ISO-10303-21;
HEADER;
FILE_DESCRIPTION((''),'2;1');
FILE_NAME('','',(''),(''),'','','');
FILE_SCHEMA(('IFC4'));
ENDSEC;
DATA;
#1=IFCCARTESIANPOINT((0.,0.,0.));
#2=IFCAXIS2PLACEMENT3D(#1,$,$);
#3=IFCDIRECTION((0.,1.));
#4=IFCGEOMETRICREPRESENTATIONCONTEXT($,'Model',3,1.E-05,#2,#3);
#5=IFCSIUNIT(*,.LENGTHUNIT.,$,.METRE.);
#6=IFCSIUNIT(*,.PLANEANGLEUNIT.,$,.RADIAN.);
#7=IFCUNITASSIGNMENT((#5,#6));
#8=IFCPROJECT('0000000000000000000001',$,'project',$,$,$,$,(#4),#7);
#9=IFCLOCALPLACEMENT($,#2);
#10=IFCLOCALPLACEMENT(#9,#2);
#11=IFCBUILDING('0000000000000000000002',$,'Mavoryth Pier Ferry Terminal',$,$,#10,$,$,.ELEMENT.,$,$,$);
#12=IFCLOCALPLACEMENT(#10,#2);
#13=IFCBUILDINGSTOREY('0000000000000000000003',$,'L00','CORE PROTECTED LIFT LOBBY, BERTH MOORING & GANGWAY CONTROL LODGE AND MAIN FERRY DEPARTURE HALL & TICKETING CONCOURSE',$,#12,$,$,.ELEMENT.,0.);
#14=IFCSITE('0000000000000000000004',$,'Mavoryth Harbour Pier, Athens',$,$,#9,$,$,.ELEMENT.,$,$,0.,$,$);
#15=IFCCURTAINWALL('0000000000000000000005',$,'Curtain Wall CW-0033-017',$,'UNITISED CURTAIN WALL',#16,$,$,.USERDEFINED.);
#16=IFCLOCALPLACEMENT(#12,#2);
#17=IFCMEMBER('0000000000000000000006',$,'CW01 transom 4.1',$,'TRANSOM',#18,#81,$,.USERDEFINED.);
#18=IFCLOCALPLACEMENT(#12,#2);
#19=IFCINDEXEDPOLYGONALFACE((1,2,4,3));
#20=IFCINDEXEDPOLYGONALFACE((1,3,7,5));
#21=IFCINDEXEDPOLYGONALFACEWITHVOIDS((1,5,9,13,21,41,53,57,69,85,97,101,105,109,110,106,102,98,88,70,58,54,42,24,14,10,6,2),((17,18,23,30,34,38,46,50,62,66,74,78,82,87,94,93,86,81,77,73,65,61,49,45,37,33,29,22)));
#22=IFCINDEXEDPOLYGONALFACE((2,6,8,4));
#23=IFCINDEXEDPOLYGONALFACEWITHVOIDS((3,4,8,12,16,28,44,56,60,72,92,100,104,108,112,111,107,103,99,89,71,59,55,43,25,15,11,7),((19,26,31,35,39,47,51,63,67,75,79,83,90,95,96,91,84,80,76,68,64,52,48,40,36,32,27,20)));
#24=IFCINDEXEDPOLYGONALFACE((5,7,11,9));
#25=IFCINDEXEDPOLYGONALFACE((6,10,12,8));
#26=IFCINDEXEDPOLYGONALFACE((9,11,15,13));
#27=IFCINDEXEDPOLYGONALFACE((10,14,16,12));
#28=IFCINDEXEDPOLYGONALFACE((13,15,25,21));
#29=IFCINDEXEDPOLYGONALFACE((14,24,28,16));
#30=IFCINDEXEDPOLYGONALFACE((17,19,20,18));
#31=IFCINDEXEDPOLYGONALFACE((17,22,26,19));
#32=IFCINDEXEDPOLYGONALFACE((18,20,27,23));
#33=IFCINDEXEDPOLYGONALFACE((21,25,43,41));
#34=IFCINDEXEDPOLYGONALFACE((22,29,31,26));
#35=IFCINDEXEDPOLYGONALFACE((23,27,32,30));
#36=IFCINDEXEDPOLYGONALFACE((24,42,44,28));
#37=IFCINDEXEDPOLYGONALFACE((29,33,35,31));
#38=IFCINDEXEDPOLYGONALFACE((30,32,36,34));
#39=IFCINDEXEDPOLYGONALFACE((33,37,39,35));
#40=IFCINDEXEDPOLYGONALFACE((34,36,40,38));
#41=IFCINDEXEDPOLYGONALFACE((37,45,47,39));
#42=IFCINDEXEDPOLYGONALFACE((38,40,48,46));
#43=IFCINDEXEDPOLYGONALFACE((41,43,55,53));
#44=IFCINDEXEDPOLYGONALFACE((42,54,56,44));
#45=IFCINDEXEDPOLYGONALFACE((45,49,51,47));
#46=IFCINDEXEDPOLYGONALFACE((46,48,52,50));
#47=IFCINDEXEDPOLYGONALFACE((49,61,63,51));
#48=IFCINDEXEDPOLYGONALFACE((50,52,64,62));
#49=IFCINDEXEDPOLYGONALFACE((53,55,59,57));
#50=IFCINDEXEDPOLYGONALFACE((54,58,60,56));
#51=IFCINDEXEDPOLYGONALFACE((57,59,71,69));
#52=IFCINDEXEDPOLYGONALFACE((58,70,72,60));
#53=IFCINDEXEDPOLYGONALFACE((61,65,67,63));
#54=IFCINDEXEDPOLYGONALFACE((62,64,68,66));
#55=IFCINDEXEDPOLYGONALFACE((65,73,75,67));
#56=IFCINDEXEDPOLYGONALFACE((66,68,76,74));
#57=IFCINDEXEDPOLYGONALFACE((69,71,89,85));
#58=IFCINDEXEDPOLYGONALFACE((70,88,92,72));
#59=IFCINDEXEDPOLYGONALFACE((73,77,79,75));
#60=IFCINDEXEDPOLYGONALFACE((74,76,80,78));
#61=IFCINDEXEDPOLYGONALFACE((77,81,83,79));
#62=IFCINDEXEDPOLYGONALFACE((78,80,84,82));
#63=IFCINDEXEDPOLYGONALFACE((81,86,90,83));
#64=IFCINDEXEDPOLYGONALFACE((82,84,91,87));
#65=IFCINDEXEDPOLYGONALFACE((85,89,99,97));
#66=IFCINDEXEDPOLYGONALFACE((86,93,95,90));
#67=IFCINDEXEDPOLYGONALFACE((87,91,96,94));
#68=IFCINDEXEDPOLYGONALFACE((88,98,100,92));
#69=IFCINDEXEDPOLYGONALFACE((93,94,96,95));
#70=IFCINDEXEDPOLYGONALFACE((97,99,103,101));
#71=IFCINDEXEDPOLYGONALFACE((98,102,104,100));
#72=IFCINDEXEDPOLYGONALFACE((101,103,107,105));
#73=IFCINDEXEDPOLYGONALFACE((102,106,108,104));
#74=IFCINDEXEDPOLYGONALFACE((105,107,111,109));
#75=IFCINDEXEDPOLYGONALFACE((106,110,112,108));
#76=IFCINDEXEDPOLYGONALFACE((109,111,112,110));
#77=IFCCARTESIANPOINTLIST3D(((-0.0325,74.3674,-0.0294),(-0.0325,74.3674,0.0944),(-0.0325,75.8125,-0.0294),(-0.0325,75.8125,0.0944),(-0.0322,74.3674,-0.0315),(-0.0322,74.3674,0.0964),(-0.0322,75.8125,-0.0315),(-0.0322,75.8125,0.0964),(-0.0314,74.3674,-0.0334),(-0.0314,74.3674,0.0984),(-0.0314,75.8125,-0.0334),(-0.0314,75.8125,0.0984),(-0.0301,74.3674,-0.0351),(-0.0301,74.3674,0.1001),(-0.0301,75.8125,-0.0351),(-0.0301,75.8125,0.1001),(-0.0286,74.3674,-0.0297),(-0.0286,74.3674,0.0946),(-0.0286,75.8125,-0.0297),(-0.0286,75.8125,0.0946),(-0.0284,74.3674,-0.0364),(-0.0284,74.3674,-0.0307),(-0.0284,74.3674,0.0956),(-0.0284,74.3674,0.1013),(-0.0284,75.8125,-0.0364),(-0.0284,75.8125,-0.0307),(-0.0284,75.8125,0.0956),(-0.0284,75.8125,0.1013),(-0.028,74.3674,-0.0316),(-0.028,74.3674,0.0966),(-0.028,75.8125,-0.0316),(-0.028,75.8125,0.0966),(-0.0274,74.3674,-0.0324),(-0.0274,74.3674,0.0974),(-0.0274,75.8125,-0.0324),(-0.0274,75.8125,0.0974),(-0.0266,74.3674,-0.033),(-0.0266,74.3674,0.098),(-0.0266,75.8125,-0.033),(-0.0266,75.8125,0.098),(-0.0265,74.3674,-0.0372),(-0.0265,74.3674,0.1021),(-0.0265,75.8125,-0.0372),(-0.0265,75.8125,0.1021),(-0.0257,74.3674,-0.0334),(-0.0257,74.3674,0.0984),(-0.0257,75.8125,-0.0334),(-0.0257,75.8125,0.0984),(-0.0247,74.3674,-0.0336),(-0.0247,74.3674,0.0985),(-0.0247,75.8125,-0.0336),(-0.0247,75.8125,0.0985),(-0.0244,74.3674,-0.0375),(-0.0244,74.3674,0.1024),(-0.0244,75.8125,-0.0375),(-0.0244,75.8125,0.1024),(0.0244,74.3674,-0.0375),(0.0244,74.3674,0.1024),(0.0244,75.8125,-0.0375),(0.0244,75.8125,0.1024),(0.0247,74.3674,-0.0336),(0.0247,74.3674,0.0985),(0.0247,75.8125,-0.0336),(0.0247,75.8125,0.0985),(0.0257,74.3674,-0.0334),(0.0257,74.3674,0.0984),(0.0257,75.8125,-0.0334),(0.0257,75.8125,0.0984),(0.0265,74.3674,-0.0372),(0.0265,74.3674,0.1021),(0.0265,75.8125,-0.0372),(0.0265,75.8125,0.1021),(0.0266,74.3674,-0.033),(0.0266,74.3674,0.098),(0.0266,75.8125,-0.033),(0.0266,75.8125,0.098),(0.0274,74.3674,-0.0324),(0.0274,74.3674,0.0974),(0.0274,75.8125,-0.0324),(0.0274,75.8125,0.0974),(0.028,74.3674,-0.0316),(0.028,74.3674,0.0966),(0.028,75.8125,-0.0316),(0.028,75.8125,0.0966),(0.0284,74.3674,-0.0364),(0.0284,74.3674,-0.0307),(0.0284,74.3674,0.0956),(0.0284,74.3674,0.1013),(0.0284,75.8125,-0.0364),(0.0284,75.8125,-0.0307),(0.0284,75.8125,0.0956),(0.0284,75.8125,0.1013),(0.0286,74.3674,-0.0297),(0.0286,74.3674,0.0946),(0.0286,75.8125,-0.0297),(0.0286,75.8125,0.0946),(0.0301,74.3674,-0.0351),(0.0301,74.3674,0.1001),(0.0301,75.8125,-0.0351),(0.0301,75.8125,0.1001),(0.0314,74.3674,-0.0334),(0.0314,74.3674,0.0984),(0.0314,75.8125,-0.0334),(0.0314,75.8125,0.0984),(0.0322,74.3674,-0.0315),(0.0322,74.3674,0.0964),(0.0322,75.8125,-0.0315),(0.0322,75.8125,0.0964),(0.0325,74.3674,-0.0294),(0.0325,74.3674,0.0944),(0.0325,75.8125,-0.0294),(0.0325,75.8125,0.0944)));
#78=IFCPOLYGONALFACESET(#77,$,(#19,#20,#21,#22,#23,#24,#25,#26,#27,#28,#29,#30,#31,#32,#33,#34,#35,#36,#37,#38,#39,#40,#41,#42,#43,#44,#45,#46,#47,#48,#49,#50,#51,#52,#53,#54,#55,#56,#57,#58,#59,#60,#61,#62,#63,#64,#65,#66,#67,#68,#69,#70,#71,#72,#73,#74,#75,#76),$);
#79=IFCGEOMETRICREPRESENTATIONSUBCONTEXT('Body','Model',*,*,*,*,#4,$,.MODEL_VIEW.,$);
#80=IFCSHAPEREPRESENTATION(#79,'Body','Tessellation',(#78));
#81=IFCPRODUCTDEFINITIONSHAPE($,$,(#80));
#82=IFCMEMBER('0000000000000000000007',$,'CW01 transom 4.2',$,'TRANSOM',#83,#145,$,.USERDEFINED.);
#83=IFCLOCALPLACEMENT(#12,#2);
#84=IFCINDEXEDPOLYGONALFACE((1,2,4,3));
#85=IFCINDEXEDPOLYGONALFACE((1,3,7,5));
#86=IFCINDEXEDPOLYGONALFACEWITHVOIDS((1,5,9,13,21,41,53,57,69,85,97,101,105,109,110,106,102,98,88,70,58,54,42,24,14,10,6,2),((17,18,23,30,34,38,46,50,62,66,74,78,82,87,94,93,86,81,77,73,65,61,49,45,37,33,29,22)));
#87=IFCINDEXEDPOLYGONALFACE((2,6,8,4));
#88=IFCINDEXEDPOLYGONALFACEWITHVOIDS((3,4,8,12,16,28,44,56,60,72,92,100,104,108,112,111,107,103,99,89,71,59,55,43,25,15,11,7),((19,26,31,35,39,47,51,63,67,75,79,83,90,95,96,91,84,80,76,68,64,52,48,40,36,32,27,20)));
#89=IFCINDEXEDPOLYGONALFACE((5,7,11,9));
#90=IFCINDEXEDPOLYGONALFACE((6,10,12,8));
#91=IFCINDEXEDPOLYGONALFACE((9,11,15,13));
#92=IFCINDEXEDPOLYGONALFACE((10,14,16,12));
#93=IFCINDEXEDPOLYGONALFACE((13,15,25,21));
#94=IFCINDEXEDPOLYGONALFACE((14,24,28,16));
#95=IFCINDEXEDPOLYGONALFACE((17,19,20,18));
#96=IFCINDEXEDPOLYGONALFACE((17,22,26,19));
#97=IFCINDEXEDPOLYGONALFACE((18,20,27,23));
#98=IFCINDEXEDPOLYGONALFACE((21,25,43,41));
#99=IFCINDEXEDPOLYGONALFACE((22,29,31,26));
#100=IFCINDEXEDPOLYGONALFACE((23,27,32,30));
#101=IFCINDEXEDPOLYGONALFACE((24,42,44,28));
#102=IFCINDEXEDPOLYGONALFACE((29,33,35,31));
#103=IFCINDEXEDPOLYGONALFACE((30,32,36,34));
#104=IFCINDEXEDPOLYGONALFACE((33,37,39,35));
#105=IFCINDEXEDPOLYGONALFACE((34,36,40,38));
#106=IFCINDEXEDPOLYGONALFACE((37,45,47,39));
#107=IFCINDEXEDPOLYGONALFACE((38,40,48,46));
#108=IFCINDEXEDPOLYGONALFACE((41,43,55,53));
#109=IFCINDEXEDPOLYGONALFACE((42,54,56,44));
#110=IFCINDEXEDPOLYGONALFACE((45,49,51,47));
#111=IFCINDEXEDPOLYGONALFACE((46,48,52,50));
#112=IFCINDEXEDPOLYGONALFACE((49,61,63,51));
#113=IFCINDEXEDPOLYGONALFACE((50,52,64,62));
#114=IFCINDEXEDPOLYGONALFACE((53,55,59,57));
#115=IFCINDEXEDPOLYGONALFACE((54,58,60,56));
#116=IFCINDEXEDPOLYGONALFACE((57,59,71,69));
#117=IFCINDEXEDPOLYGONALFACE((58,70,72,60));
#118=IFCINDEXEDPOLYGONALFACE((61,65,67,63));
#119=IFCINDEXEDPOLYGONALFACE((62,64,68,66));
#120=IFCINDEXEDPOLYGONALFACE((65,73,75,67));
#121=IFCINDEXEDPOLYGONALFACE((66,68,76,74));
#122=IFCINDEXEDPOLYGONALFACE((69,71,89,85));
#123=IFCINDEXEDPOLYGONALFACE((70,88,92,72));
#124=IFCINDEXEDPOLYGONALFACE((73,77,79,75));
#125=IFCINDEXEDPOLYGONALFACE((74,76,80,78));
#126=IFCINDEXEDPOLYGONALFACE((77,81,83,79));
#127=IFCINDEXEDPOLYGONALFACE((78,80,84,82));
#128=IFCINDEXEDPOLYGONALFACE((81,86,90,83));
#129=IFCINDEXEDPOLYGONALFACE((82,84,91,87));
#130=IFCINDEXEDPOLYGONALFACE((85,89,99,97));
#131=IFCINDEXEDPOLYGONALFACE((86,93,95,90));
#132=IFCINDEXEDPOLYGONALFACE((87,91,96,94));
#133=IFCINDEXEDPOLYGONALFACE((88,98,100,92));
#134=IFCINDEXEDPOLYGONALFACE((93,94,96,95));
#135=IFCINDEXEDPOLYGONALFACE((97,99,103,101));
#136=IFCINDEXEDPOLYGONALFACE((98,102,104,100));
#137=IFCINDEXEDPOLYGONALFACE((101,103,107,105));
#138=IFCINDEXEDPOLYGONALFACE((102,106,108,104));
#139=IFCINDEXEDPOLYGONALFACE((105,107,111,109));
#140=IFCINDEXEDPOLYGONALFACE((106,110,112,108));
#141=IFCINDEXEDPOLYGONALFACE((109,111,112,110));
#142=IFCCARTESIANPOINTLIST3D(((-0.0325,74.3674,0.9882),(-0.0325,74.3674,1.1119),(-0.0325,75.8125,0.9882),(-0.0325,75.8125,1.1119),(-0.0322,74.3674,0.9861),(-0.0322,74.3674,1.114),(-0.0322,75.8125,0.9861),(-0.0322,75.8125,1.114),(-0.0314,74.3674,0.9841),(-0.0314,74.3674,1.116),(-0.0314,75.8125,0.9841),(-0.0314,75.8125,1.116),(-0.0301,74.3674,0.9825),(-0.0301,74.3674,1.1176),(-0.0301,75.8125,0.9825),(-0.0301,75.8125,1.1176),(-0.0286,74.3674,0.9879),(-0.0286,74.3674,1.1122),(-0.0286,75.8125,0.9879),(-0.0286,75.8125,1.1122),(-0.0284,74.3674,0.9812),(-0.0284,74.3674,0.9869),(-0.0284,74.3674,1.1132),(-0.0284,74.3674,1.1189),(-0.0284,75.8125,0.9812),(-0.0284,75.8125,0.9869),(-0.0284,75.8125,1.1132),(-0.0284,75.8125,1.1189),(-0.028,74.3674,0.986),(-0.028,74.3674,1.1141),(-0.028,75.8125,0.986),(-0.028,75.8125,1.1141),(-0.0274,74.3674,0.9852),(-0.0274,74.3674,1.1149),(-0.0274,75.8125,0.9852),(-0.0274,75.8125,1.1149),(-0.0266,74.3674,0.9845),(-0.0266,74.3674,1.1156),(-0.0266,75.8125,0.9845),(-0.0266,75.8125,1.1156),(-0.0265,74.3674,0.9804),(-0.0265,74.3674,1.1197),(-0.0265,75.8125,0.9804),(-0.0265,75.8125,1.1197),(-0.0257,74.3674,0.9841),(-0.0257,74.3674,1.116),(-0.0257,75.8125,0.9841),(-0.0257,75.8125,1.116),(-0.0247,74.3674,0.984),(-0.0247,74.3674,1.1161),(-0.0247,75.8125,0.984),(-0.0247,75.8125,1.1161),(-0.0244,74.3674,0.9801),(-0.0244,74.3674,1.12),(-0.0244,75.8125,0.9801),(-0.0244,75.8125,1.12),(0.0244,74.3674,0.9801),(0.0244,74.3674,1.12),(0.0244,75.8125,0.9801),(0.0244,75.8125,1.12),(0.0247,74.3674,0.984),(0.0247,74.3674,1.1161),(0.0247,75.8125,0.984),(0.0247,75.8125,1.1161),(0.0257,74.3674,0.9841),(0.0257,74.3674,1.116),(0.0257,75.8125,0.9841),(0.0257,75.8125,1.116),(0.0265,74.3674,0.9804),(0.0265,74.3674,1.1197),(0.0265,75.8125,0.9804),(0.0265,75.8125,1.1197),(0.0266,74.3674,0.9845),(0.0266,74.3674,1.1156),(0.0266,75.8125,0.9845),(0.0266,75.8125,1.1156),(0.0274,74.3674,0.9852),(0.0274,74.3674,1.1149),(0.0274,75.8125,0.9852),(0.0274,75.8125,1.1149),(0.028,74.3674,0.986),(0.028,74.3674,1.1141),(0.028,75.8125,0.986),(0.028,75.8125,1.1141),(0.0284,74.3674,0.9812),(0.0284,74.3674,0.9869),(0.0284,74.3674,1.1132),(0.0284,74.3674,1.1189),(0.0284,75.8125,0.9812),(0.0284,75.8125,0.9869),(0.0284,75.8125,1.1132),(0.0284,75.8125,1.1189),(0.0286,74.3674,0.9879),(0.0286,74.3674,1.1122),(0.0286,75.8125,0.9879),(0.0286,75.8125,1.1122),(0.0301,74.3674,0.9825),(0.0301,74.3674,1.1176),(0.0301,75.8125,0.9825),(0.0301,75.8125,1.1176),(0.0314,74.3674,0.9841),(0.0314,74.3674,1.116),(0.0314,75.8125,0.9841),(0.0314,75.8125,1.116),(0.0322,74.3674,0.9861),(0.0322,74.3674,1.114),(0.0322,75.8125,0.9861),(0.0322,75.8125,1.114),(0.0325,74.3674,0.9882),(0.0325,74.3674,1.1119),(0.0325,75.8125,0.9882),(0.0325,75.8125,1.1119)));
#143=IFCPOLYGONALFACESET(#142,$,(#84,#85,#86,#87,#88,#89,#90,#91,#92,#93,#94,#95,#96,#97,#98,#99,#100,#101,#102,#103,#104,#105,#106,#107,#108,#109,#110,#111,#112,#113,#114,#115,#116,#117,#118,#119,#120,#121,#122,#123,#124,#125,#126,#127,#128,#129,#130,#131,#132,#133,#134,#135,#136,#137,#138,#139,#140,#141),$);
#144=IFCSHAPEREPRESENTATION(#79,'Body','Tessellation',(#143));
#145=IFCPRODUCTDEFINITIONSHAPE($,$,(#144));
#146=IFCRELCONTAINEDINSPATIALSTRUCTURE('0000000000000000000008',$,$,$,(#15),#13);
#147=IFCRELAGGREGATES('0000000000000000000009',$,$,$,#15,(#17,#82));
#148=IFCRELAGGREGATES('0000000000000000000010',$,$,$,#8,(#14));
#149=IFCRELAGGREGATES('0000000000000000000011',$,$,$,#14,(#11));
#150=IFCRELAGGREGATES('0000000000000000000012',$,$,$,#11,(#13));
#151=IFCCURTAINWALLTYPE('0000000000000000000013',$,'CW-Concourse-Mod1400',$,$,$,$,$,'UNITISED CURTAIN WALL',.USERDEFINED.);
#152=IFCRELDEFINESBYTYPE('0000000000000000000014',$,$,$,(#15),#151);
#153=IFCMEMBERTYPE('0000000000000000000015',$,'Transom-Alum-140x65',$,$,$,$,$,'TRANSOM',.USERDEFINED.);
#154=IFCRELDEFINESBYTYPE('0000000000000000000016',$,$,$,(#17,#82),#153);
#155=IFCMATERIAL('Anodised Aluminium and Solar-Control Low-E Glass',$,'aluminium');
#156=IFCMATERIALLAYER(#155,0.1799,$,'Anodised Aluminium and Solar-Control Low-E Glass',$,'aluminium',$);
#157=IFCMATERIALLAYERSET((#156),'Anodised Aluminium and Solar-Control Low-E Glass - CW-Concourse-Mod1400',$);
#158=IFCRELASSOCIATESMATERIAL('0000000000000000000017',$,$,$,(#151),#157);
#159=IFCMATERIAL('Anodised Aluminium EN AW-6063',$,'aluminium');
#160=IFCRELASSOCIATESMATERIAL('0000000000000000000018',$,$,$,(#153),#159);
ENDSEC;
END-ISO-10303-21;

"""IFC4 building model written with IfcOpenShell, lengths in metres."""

from ifc_helpers import new_model, si_unit, direction, frame, origin, origin_2d, place, context, subcontext, project, spatial, hollow_rectangle, extrude, material, layer, layer_set, material_profile, profile_set, type_object, element, aggregate, save


model = new_model("IFC4")

# Units and contexts
model_context = context("Model", 3, precision=1e-05, world=origin(), true_north=direction((0.0, 1.0)))
body_context = subcontext(model_context, "Body", "Model", "MODEL_VIEW")
ifc_project = project(units=[si_unit("LENGTHUNIT", "METRE"), si_unit("PLANEANGLEUNIT", "RADIAN")], contexts=[model_context])

# Site, building, storey
site_placement = place(None, origin())
site = spatial("IfcSite", under=ifc_project, at=site_placement, Name="Mavoryth Harbour Pier, Athens", CompositionType="ELEMENT", RefElevation=0.0)
building_placement = place(site_placement, origin())
building = spatial("IfcBuilding", under=site, at=building_placement, Name="Mavoryth Pier Ferry Terminal", CompositionType="ELEMENT")
storey_placement = place(building_placement, origin())
storey = spatial("IfcBuildingStorey", under=building, at=storey_placement, Name="L00", Description="CORE PROTECTED LIFT LOBBY, BERTH MOORING & GANGWAY CONTROL LODGE AND MAIN FERRY DEPARTURE HALL & TICKETING CONCOURSE", CompositionType="ELEMENT", Elevation=0.0)

# Curtain wall, members
ifc_material_1 = material(Name="Anodised Aluminium and Solar-Control Low-E Glass", Category="aluminium")
ifc_layer_1 = layer(ifc_material_1, 0.1799, Name="Anodised Aluminium and Solar-Control Low-E Glass", Category="aluminium")
ifc_layer_set_1 = layer_set([ifc_layer_1], Name="Anodised Aluminium and Solar-Control Low-E Glass - CW-Concourse-Mod1400")
curtain_wall_type = type_object("IfcCurtainWallType", Name="CW-Concourse-Mod1400", ElementType="UNITISED CURTAIN WALL", PredefinedType="USERDEFINED", material=ifc_layer_set_1)
curtain_wall_placement = place(storey_placement, origin())
curtain_wall = element("IfcCurtainWall", 1, at=curtain_wall_placement, inside=storey, type_object=curtain_wall_type, Name="Curtain Wall CW-0033-017", ObjectType="UNITISED CURTAIN WALL", PredefinedType="USERDEFINED")
ifc_material_2 = material(Name="Anodised Aluminium EN AW-6063", Category="aluminium")
ifc_material_profile_1 = material_profile(ifc_material_2, hollow_rectangle(XDim=0.0649, YDim=0.1399, WallThickness=0.0039, InnerFilletRadius=0.0039, OuterFilletRadius=0.0081, at=origin_2d()), Name="AL-TRAN 140x65x4", Category="aluminium")
ifc_profile_set_1 = profile_set([ifc_material_profile_1], Name="Anodised Aluminium EN AW-6063 - AL-TRAN 140x65x4")
member_type_1 = type_object("IfcMemberType", Name="Transom-Alum-140x65", ElementType="TRANSOM", PredefinedType="USERDEFINED", material=ifc_profile_set_1)
member_1_placement = place(storey_placement, frame((0.0, 75.8125, 0.0325), z_axis=(0.0, -1.0, 0.0), x_axis=(1.0, 0.0, 0.0)))
member_1 = element("IfcMember", 2, at=member_1_placement, type_object=member_type_1, Name="CW01 transom 4.1", ObjectType="TRANSOM", PredefinedType="USERDEFINED", context=body_context, shape_type="SweptSolid", body=[
    extrude(hollow_rectangle(XDim=0.0649, YDim=0.1399, WallThickness=0.0039, InnerFilletRadius=0.0039, OuterFilletRadius=0.0081, at=origin_2d()), origin(), (0.0, 0.0, 1.0), 1.4451),
])
member_2_placement = place(storey_placement, frame((0.0, 75.8125, 1.05), z_axis=(0.0, -1.0, 0.0), x_axis=(1.0, 0.0, 0.0)))
member_2 = element("IfcMember", 3, at=member_2_placement, type_object=member_type_1, Name="CW01 transom 4.2", ObjectType="TRANSOM", PredefinedType="USERDEFINED", context=body_context, shape_type="SweptSolid", body=[
    extrude(hollow_rectangle(XDim=0.0649, YDim=0.1399, WallThickness=0.0039, InnerFilletRadius=0.0039, OuterFilletRadius=0.0081, at=origin_2d()), origin(), (0.0, 0.0, 1.0), 1.4451),
])
aggregate(curtain_wall, [member_1, member_2])

save(model, "model.ifc")
